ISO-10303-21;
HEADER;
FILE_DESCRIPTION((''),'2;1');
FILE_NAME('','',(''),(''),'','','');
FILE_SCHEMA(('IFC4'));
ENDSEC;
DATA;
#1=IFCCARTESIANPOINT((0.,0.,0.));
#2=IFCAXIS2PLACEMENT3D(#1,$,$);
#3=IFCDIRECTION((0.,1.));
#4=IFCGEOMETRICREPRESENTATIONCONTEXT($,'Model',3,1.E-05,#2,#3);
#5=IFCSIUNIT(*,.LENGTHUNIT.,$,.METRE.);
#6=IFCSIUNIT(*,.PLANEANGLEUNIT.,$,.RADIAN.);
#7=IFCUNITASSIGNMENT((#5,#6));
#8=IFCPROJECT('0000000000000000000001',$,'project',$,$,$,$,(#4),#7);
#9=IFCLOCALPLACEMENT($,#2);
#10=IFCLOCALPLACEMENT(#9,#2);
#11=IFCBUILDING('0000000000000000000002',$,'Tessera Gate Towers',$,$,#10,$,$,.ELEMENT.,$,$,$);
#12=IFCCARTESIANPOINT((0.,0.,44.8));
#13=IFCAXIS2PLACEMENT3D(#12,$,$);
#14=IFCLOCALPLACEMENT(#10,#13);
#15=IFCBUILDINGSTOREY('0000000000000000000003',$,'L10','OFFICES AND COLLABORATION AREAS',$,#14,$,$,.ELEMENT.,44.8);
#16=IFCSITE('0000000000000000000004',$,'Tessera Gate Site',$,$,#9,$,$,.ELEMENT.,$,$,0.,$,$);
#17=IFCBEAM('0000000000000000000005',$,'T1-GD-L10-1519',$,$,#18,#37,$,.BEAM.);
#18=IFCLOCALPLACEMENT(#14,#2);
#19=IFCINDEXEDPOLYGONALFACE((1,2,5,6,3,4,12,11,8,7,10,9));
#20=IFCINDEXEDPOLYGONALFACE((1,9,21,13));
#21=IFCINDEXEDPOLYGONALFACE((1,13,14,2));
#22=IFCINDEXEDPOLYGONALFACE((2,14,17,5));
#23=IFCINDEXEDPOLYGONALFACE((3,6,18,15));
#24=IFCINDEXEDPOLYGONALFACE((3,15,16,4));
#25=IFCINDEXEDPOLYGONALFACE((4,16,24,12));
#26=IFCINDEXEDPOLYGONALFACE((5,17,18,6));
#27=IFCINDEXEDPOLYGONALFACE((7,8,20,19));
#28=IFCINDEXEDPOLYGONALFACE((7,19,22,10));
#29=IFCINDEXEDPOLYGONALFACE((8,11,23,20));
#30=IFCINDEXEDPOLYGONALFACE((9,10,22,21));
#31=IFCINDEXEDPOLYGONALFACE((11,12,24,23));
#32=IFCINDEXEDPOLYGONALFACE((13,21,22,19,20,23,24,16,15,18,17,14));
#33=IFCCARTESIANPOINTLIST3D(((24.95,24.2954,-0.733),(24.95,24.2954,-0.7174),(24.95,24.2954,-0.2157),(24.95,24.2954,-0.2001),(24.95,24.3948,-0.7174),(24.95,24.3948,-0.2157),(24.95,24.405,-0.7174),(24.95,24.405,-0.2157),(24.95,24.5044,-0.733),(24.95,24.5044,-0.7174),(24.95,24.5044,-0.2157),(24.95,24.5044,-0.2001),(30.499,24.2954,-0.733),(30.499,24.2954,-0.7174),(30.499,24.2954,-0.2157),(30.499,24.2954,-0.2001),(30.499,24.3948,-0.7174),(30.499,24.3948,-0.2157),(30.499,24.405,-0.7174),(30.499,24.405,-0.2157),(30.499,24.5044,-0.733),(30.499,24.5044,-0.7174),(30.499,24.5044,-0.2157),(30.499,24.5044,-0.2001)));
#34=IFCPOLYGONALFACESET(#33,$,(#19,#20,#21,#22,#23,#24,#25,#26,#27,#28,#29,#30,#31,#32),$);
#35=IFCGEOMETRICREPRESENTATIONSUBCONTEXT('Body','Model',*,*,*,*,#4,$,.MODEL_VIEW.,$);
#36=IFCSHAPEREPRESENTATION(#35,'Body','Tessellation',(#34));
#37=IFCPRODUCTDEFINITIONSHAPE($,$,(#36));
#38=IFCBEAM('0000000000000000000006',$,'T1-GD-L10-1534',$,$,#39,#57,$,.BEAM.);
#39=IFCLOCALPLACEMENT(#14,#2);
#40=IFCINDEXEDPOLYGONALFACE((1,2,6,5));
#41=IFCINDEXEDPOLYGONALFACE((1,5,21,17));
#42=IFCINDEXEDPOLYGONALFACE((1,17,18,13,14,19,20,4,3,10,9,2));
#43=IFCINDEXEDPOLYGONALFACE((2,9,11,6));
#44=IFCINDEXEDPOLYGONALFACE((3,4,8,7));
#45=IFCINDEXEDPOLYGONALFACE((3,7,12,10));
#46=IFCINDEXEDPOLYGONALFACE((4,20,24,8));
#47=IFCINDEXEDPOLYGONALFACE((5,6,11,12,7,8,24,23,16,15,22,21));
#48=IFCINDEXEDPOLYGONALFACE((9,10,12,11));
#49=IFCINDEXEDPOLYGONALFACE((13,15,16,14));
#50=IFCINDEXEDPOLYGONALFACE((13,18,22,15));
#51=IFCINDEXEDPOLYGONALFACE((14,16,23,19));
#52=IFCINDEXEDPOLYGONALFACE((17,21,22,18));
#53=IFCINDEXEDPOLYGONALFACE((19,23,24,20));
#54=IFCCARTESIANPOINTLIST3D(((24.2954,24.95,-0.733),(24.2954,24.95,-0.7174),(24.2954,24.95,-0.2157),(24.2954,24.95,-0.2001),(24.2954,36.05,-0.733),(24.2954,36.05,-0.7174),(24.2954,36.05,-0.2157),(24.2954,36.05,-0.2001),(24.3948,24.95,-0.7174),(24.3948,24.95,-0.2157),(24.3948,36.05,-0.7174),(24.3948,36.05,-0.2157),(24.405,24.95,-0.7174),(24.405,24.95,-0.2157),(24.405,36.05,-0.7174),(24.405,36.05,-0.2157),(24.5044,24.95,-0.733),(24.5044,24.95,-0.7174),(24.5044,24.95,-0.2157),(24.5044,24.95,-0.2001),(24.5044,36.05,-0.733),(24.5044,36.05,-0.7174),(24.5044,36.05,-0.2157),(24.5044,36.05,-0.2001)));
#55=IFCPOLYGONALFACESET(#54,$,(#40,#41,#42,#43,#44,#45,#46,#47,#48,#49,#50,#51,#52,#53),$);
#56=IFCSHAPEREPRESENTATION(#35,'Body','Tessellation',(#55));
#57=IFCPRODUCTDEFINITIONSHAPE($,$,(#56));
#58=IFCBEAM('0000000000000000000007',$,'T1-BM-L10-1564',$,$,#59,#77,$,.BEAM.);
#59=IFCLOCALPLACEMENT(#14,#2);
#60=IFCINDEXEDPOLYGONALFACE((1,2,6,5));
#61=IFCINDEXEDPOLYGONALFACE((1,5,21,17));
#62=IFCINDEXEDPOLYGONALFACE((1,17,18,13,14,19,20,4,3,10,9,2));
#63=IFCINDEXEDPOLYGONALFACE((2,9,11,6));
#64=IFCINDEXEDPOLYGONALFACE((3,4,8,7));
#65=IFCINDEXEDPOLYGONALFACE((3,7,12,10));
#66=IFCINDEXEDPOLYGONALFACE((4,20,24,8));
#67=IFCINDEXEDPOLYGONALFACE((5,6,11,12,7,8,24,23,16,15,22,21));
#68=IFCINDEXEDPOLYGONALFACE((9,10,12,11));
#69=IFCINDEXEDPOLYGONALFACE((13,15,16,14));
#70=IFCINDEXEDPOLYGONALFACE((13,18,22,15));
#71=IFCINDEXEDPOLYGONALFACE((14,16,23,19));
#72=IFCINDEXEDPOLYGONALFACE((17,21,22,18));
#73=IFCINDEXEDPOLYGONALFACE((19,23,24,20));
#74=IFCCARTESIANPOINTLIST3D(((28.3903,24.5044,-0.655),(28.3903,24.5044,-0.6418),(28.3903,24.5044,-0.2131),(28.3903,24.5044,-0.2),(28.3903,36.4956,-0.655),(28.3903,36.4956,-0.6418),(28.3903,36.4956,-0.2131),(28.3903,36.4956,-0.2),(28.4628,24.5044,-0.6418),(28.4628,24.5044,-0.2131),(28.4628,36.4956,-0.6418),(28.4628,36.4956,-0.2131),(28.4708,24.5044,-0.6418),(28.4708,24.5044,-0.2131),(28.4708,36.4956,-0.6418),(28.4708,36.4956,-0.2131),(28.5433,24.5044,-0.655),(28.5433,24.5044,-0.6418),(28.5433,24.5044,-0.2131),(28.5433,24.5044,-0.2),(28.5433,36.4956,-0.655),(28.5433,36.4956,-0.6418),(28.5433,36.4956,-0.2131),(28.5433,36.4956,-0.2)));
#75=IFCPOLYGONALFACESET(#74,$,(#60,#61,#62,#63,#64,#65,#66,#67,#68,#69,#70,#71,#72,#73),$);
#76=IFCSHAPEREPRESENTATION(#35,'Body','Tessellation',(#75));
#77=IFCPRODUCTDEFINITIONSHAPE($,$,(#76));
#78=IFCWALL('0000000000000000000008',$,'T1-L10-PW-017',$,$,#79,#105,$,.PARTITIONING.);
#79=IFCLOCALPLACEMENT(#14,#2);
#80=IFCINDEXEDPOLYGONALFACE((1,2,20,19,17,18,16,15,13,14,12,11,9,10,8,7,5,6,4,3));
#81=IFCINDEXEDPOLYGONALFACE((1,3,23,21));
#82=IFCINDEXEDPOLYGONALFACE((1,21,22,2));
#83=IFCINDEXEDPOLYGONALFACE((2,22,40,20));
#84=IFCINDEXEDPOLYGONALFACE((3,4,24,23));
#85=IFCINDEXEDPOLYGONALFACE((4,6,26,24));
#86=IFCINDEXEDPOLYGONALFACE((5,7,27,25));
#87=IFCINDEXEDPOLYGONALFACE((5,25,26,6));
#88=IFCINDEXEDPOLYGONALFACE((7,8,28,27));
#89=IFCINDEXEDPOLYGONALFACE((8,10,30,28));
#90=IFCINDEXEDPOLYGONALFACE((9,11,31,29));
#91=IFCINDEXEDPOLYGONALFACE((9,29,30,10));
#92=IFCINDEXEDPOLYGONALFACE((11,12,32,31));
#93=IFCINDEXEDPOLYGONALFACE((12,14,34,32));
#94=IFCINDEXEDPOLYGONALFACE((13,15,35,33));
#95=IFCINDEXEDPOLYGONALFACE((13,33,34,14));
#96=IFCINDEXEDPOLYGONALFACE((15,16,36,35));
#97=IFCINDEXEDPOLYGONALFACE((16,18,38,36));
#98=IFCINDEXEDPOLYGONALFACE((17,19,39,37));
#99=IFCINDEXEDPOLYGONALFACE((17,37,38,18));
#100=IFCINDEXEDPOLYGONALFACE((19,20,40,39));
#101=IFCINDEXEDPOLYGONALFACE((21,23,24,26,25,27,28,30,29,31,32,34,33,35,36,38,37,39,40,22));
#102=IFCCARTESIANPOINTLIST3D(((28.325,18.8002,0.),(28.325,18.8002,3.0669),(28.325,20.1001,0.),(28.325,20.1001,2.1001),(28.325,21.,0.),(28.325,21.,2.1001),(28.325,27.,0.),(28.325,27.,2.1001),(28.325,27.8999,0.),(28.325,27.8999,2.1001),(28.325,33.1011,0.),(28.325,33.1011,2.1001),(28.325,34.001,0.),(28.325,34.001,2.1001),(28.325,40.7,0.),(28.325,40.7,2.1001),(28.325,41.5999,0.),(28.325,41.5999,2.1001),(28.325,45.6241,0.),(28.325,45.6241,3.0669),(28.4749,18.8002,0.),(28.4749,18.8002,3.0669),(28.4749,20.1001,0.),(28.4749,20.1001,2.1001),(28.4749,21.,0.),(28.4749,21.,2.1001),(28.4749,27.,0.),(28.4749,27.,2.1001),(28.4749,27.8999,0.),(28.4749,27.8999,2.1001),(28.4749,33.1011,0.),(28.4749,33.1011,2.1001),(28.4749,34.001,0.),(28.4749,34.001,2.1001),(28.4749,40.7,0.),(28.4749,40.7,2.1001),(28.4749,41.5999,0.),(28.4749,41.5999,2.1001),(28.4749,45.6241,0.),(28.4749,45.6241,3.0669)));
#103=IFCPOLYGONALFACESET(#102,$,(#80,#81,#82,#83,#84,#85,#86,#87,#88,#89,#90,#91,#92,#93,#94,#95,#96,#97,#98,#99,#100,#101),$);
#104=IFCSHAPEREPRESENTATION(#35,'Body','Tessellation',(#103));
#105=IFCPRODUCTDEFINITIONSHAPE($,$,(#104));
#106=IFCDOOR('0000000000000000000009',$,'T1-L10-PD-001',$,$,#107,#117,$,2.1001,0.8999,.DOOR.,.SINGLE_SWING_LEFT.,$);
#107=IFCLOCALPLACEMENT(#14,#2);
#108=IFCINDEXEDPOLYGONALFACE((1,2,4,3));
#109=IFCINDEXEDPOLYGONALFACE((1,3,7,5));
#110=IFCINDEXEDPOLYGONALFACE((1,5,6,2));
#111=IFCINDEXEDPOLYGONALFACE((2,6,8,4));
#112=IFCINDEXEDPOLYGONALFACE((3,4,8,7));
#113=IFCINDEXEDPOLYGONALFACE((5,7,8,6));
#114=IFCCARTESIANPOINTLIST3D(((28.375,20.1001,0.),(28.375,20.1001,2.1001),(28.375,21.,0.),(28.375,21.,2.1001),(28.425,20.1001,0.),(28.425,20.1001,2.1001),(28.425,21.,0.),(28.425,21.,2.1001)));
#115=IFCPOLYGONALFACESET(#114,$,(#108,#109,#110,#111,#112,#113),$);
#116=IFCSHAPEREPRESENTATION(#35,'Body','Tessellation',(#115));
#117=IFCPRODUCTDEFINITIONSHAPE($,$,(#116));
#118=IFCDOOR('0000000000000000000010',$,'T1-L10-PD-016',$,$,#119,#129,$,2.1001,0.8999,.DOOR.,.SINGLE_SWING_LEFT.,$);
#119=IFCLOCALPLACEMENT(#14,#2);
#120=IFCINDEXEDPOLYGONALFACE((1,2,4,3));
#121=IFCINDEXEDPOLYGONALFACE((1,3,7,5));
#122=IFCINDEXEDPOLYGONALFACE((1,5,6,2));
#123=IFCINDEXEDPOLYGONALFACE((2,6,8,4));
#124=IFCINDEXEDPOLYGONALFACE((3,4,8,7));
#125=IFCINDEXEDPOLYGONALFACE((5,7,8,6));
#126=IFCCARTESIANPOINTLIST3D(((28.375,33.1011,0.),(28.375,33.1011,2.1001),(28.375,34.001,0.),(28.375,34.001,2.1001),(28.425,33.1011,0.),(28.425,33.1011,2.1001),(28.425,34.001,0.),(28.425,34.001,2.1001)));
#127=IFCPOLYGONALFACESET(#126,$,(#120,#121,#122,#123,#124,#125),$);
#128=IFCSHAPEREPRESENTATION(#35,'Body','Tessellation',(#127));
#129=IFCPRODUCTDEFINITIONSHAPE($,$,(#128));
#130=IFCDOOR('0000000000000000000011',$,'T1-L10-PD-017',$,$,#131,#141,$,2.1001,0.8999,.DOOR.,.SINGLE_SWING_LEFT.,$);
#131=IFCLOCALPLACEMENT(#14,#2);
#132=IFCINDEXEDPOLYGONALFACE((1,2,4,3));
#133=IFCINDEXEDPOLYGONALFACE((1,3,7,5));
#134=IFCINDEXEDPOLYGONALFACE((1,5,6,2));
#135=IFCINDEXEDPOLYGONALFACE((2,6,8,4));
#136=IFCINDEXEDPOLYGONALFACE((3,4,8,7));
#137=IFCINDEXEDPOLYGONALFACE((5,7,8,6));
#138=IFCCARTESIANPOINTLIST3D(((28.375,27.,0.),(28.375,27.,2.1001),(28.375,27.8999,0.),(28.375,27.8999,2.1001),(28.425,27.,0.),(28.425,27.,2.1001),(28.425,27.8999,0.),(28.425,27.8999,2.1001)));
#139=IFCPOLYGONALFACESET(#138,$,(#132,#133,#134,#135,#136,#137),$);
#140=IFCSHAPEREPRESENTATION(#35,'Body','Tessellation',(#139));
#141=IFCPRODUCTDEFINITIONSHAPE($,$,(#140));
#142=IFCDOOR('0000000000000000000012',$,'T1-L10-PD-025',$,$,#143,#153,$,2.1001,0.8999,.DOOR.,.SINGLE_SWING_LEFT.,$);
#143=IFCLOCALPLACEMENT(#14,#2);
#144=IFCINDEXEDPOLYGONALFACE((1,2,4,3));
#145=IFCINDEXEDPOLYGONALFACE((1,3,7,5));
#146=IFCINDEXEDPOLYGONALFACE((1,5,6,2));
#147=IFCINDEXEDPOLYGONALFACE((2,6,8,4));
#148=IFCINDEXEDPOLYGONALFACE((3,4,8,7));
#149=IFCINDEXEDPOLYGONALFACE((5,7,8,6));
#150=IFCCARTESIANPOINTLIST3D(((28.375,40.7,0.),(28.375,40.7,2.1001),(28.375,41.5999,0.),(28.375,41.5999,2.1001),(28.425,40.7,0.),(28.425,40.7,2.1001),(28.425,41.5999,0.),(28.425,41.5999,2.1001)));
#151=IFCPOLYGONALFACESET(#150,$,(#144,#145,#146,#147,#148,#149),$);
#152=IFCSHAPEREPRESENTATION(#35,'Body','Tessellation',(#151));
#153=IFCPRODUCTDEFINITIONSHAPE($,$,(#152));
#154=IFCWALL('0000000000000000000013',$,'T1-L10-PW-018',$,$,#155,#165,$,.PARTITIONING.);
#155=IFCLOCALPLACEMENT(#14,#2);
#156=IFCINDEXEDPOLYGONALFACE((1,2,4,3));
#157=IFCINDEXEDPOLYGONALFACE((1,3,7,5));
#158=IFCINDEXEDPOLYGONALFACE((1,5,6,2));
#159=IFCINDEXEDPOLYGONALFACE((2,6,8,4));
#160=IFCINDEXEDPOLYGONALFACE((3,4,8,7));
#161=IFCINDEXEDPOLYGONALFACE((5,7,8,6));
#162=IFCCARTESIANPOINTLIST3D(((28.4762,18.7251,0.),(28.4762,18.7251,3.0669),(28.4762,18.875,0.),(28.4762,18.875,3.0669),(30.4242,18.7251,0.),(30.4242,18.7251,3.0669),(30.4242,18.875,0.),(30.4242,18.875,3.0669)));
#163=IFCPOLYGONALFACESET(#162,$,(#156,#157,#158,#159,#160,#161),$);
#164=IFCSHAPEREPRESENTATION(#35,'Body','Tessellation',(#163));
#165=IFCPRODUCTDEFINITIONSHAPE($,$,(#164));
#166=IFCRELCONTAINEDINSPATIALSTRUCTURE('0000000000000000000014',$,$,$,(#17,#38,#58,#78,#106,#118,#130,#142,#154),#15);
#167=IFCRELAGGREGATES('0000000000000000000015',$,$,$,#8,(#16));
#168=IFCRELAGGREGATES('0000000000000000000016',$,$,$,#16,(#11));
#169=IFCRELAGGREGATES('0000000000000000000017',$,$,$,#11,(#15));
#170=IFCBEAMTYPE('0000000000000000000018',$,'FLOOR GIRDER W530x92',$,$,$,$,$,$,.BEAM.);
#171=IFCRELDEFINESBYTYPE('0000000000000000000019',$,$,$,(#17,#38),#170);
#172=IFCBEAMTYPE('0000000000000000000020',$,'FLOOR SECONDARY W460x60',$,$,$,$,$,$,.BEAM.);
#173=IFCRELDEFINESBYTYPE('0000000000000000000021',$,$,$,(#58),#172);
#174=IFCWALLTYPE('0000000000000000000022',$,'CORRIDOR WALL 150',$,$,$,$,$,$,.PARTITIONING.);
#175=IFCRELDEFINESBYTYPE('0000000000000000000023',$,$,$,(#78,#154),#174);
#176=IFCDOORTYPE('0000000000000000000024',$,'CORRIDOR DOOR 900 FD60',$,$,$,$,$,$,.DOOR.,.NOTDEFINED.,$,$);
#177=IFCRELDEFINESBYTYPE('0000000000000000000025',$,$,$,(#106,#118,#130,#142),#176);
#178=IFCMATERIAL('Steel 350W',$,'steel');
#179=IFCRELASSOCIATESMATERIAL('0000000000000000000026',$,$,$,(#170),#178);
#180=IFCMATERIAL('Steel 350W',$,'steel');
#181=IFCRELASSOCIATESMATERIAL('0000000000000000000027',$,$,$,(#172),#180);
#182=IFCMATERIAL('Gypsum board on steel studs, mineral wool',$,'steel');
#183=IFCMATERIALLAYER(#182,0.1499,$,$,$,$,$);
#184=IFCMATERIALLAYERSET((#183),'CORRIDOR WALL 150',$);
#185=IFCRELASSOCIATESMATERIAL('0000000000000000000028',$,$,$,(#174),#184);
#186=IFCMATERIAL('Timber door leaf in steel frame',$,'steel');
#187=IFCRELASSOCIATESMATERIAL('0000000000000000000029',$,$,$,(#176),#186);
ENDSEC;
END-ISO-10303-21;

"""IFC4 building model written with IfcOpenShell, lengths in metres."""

from ifc_helpers import new_model, si_unit, direction, frame, frame_2d, origin, origin_2d, place, context, subcontext, project, spatial, rectangle, i_section, extrude, source, transform, mapped, material, layer, layer_set, material_profile, profile_set, type_object, element, fill, save


model = new_model("IFC4")

# Units and contexts
model_context = context("Model", 3, precision=1e-05, world=origin(), true_north=direction((0.0, 1.0)))
body_context = subcontext(model_context, "Body", "Model", "MODEL_VIEW")
ifc_project = project(units=[si_unit("LENGTHUNIT", "METRE"), si_unit("PLANEANGLEUNIT", "RADIAN")], contexts=[model_context])

# Site, building, storey
site_placement = place(None, origin())
site = spatial("IfcSite", under=ifc_project, at=site_placement, Name="Tessera Gate Site", CompositionType="ELEMENT", RefElevation=0.0)
building_placement = place(site_placement, origin())
building = spatial("IfcBuilding", under=site, at=building_placement, Name="Tessera Gate Towers", CompositionType="ELEMENT")
storey_placement = place(building_placement, frame((0.0, 0.0, 44.8)))
storey = spatial("IfcBuildingStorey", under=building, at=storey_placement, Name="L10", Description="OFFICES AND COLLABORATION AREAS", CompositionType="ELEMENT", Elevation=44.8)

# Beams
ifc_material_1 = material(Name="Steel 350W", Category="steel")
ifc_material_profile_1 = material_profile(ifc_material_1, i_section(OverallWidth=0.209, OverallDepth=0.533, WebThickness=0.0103, FlangeThickness=0.0156, at=origin_2d()), Name="W530x92")
ifc_profile_set_1 = profile_set([ifc_material_profile_1], Name="Steel 350W")
beam_type_1 = type_object("IfcBeamType", Name="FLOOR GIRDER W530x92", PredefinedType="BEAM", material=ifc_profile_set_1)
beam_1_placement = place(storey_placement, frame((24.95, 24.3999, -0.4666), z_axis=(1.0, 0.0, 0.0), x_axis=(0.0, 1.0, 0.0)))
element("IfcBeam", 1, at=beam_1_placement, inside=storey, type_object=beam_type_1, Name="T1-GD-L10-1519", PredefinedType="BEAM", context=body_context, shape_type="SweptSolid", body=[
    extrude(i_section(OverallWidth=0.209, OverallDepth=0.533, WebThickness=0.0103, FlangeThickness=0.0156, at=origin_2d()), origin(), (0.0, 0.0, 1.0), 5.5491),
])
beam_2_placement = place(storey_placement, frame((24.3999, 24.95, -0.4666), z_axis=(0.0, 1.0, 0.0), x_axis=(-1.0, 0.0, 0.0)))
element("IfcBeam", 2, at=beam_2_placement, inside=storey, type_object=beam_type_1, Name="T1-GD-L10-1534", PredefinedType="BEAM", context=body_context, shape_type="SweptSolid", body=[
    extrude(i_section(OverallWidth=0.209, OverallDepth=0.533, WebThickness=0.0103, FlangeThickness=0.0156, at=origin_2d()), origin(), (0.0, 0.0, 1.0), 11.1001),
])
ifc_material_2 = material(Name="Steel 350W", Category="steel")
ifc_material_profile_2 = material_profile(ifc_material_2, i_section(OverallWidth=0.1531, OverallDepth=0.4551, WebThickness=0.0081, FlangeThickness=0.0132, at=origin_2d()), Name="W460x60")
ifc_profile_set_2 = profile_set([ifc_material_profile_2], Name="Steel 350W")
beam_type_2 = type_object("IfcBeamType", Name="FLOOR SECONDARY W460x60", PredefinedType="BEAM", material=ifc_profile_set_2)
beam_3_placement = place(storey_placement, frame((28.4668, 24.5044, -0.4275), z_axis=(0.0, 1.0, 0.0), x_axis=(-1.0, 0.0, 0.0)))
element("IfcBeam", 3, at=beam_3_placement, inside=storey, type_object=beam_type_2, Name="T1-BM-L10-1564", PredefinedType="BEAM", context=body_context, shape_type="SweptSolid", body=[
    extrude(i_section(OverallWidth=0.1531, OverallDepth=0.4551, WebThickness=0.0081, FlangeThickness=0.0132, at=origin_2d()), origin(), (0.0, 0.0, 1.0), 11.9912),
])

# Wall, openings, doors
ifc_material_3 = material(Name="Gypsum board on steel studs, mineral wool", Category="steel")
ifc_layer_1 = layer(ifc_material_3, 0.1499)
ifc_layer_set_1 = layer_set([ifc_layer_1], Name="CORRIDOR WALL 150")
wall_type_1 = type_object("IfcWallType", Name="CORRIDOR WALL 150", PredefinedType="PARTITIONING", material=ifc_layer_set_1)
wall_1_placement = place(storey_placement, frame((28.3999, 18.8, 0.0), z_axis=(0.0, 0.0, 1.0), x_axis=(0.0, 1.0, 0.0)))
wall_1 = element("IfcWall", 4, at=wall_1_placement, inside=storey, type_object=wall_type_1, Name="T1-L10-PW-017", PredefinedType="PARTITIONING", context=body_context, shape_type="SweptSolid", body=[
    extrude(rectangle(XDim=26.824, YDim=0.1499, at=frame_2d((13.4121, 0.0))), origin(), (0.0, 0.0, 1.0), 3.0669),
])
shared_shape_1 = source(origin(), body_context, "Body", "SweptSolid", [
    extrude(rectangle(XDim=0.8999, YDim=2.1001, at=frame_2d((0.45, 1.05))), frame((0.0, 0.085, 0.0), z_axis=(0.0, -1.0, 0.0), x_axis=(1.0, 0.0, 0.0)), (0.0, 0.0, 1.0), 0.1699),
])
opening_1_placement = place(wall_1_placement, frame((1.3, 0.0, 0.0)))
opening_1 = element("IfcOpeningElement", 5, at=opening_1_placement, cuts=wall_1, PredefinedType="OPENING", context=body_context, shape_type="MappedRepresentation", body=[
    mapped(shared_shape_1, transform((0.0, 0.0, 0.0), scale=1.0)),
])
opening_2_placement = place(wall_1_placement, frame((14.301, 0.0, 0.0)))
opening_2 = element("IfcOpeningElement", 6, at=opening_2_placement, cuts=wall_1, PredefinedType="OPENING", context=body_context, shape_type="MappedRepresentation", body=[
    mapped(shared_shape_1, transform((0.0, 0.0, 0.0), scale=1.0)),
])
opening_3_placement = place(wall_1_placement, frame((8.2, 0.0, 0.0)))
opening_3 = element("IfcOpeningElement", 7, at=opening_3_placement, cuts=wall_1, PredefinedType="OPENING", context=body_context, shape_type="MappedRepresentation", body=[
    mapped(shared_shape_1, transform((0.0, 0.0, 0.0), scale=1.0)),
])
opening_4_placement = place(wall_1_placement, frame((21.8999, 0.0, 0.0)))
opening_4 = element("IfcOpeningElement", 8, at=opening_4_placement, cuts=wall_1, PredefinedType="OPENING", context=body_context, shape_type="MappedRepresentation", body=[
    mapped(shared_shape_1, transform((0.0, 0.0, 0.0), scale=1.0)),
])
ifc_material_4 = material(Name="Timber door leaf in steel frame", Category="steel")
door_type_1 = type_object("IfcDoorType", Name="CORRIDOR DOOR 900 FD60", OperationType="NOTDEFINED", PredefinedType="DOOR", material=ifc_material_4)
shared_shape_2 = source(origin(), body_context, "Body", "SweptSolid", [
    extrude(rectangle(XDim=0.8999, YDim=2.1001, at=frame_2d((0.45, 1.05))), frame((0.0, 0.0249, 0.0), z_axis=(0.0, -1.0, 0.0), x_axis=(1.0, 0.0, 0.0)), (0.0, 0.0, 1.0), 0.05),
])
door_1_placement = place(opening_1_placement, origin())
door_1 = element("IfcDoor", 9, at=door_1_placement, inside=storey, type_object=door_type_1, Name="T1-L10-PD-001", OperationType="SINGLE_SWING_LEFT", OverallHeight=2.1001, OverallWidth=0.8999, PredefinedType="DOOR", context=body_context, shape_type="MappedRepresentation", body=[
    mapped(shared_shape_2, transform((0.0, 0.0, 0.0), scale=1.0)),
])
fill(opening_1, door_1)
door_2_placement = place(opening_2_placement, origin())
door_2 = element("IfcDoor", 10, at=door_2_placement, inside=storey, type_object=door_type_1, Name="T1-L10-PD-016", OperationType="SINGLE_SWING_LEFT", OverallHeight=2.1001, OverallWidth=0.8999, PredefinedType="DOOR", context=body_context, shape_type="MappedRepresentation", body=[
    mapped(shared_shape_2, transform((0.0, 0.0, 0.0), scale=1.0)),
])
fill(opening_2, door_2)
door_3_placement = place(opening_3_placement, origin())
door_3 = element("IfcDoor", 11, at=door_3_placement, inside=storey, type_object=door_type_1, Name="T1-L10-PD-017", OperationType="SINGLE_SWING_LEFT", OverallHeight=2.1001, OverallWidth=0.8999, PredefinedType="DOOR", context=body_context, shape_type="MappedRepresentation", body=[
    mapped(shared_shape_2, transform((0.0, 0.0, 0.0), scale=1.0)),
])
fill(opening_3, door_3)
door_4_placement = place(opening_4_placement, origin())
door_4 = element("IfcDoor", 12, at=door_4_placement, inside=storey, type_object=door_type_1, Name="T1-L10-PD-025", OperationType="SINGLE_SWING_LEFT", OverallHeight=2.1001, OverallWidth=0.8999, PredefinedType="DOOR", context=body_context, shape_type="MappedRepresentation", body=[
    mapped(shared_shape_2, transform((0.0, 0.0, 0.0), scale=1.0)),
])
fill(opening_4, door_4)

# Wall
wall_2_placement = place(storey_placement, frame((28.4761, 18.8, 0.0), z_axis=(0.0, 0.0, 1.0), x_axis=(1.0, 0.0, 0.0)))
element("IfcWall", 13, at=wall_2_placement, inside=storey, type_object=wall_type_1, Name="T1-L10-PW-018", PredefinedType="PARTITIONING", context=body_context, shape_type="SweptSolid", body=[
    extrude(rectangle(XDim=1.948, YDim=0.1499, at=frame_2d((0.9741, 0.0))), origin(), (0.0, 0.0, 1.0), 3.0669),
])

save(model, "model.ifc")
